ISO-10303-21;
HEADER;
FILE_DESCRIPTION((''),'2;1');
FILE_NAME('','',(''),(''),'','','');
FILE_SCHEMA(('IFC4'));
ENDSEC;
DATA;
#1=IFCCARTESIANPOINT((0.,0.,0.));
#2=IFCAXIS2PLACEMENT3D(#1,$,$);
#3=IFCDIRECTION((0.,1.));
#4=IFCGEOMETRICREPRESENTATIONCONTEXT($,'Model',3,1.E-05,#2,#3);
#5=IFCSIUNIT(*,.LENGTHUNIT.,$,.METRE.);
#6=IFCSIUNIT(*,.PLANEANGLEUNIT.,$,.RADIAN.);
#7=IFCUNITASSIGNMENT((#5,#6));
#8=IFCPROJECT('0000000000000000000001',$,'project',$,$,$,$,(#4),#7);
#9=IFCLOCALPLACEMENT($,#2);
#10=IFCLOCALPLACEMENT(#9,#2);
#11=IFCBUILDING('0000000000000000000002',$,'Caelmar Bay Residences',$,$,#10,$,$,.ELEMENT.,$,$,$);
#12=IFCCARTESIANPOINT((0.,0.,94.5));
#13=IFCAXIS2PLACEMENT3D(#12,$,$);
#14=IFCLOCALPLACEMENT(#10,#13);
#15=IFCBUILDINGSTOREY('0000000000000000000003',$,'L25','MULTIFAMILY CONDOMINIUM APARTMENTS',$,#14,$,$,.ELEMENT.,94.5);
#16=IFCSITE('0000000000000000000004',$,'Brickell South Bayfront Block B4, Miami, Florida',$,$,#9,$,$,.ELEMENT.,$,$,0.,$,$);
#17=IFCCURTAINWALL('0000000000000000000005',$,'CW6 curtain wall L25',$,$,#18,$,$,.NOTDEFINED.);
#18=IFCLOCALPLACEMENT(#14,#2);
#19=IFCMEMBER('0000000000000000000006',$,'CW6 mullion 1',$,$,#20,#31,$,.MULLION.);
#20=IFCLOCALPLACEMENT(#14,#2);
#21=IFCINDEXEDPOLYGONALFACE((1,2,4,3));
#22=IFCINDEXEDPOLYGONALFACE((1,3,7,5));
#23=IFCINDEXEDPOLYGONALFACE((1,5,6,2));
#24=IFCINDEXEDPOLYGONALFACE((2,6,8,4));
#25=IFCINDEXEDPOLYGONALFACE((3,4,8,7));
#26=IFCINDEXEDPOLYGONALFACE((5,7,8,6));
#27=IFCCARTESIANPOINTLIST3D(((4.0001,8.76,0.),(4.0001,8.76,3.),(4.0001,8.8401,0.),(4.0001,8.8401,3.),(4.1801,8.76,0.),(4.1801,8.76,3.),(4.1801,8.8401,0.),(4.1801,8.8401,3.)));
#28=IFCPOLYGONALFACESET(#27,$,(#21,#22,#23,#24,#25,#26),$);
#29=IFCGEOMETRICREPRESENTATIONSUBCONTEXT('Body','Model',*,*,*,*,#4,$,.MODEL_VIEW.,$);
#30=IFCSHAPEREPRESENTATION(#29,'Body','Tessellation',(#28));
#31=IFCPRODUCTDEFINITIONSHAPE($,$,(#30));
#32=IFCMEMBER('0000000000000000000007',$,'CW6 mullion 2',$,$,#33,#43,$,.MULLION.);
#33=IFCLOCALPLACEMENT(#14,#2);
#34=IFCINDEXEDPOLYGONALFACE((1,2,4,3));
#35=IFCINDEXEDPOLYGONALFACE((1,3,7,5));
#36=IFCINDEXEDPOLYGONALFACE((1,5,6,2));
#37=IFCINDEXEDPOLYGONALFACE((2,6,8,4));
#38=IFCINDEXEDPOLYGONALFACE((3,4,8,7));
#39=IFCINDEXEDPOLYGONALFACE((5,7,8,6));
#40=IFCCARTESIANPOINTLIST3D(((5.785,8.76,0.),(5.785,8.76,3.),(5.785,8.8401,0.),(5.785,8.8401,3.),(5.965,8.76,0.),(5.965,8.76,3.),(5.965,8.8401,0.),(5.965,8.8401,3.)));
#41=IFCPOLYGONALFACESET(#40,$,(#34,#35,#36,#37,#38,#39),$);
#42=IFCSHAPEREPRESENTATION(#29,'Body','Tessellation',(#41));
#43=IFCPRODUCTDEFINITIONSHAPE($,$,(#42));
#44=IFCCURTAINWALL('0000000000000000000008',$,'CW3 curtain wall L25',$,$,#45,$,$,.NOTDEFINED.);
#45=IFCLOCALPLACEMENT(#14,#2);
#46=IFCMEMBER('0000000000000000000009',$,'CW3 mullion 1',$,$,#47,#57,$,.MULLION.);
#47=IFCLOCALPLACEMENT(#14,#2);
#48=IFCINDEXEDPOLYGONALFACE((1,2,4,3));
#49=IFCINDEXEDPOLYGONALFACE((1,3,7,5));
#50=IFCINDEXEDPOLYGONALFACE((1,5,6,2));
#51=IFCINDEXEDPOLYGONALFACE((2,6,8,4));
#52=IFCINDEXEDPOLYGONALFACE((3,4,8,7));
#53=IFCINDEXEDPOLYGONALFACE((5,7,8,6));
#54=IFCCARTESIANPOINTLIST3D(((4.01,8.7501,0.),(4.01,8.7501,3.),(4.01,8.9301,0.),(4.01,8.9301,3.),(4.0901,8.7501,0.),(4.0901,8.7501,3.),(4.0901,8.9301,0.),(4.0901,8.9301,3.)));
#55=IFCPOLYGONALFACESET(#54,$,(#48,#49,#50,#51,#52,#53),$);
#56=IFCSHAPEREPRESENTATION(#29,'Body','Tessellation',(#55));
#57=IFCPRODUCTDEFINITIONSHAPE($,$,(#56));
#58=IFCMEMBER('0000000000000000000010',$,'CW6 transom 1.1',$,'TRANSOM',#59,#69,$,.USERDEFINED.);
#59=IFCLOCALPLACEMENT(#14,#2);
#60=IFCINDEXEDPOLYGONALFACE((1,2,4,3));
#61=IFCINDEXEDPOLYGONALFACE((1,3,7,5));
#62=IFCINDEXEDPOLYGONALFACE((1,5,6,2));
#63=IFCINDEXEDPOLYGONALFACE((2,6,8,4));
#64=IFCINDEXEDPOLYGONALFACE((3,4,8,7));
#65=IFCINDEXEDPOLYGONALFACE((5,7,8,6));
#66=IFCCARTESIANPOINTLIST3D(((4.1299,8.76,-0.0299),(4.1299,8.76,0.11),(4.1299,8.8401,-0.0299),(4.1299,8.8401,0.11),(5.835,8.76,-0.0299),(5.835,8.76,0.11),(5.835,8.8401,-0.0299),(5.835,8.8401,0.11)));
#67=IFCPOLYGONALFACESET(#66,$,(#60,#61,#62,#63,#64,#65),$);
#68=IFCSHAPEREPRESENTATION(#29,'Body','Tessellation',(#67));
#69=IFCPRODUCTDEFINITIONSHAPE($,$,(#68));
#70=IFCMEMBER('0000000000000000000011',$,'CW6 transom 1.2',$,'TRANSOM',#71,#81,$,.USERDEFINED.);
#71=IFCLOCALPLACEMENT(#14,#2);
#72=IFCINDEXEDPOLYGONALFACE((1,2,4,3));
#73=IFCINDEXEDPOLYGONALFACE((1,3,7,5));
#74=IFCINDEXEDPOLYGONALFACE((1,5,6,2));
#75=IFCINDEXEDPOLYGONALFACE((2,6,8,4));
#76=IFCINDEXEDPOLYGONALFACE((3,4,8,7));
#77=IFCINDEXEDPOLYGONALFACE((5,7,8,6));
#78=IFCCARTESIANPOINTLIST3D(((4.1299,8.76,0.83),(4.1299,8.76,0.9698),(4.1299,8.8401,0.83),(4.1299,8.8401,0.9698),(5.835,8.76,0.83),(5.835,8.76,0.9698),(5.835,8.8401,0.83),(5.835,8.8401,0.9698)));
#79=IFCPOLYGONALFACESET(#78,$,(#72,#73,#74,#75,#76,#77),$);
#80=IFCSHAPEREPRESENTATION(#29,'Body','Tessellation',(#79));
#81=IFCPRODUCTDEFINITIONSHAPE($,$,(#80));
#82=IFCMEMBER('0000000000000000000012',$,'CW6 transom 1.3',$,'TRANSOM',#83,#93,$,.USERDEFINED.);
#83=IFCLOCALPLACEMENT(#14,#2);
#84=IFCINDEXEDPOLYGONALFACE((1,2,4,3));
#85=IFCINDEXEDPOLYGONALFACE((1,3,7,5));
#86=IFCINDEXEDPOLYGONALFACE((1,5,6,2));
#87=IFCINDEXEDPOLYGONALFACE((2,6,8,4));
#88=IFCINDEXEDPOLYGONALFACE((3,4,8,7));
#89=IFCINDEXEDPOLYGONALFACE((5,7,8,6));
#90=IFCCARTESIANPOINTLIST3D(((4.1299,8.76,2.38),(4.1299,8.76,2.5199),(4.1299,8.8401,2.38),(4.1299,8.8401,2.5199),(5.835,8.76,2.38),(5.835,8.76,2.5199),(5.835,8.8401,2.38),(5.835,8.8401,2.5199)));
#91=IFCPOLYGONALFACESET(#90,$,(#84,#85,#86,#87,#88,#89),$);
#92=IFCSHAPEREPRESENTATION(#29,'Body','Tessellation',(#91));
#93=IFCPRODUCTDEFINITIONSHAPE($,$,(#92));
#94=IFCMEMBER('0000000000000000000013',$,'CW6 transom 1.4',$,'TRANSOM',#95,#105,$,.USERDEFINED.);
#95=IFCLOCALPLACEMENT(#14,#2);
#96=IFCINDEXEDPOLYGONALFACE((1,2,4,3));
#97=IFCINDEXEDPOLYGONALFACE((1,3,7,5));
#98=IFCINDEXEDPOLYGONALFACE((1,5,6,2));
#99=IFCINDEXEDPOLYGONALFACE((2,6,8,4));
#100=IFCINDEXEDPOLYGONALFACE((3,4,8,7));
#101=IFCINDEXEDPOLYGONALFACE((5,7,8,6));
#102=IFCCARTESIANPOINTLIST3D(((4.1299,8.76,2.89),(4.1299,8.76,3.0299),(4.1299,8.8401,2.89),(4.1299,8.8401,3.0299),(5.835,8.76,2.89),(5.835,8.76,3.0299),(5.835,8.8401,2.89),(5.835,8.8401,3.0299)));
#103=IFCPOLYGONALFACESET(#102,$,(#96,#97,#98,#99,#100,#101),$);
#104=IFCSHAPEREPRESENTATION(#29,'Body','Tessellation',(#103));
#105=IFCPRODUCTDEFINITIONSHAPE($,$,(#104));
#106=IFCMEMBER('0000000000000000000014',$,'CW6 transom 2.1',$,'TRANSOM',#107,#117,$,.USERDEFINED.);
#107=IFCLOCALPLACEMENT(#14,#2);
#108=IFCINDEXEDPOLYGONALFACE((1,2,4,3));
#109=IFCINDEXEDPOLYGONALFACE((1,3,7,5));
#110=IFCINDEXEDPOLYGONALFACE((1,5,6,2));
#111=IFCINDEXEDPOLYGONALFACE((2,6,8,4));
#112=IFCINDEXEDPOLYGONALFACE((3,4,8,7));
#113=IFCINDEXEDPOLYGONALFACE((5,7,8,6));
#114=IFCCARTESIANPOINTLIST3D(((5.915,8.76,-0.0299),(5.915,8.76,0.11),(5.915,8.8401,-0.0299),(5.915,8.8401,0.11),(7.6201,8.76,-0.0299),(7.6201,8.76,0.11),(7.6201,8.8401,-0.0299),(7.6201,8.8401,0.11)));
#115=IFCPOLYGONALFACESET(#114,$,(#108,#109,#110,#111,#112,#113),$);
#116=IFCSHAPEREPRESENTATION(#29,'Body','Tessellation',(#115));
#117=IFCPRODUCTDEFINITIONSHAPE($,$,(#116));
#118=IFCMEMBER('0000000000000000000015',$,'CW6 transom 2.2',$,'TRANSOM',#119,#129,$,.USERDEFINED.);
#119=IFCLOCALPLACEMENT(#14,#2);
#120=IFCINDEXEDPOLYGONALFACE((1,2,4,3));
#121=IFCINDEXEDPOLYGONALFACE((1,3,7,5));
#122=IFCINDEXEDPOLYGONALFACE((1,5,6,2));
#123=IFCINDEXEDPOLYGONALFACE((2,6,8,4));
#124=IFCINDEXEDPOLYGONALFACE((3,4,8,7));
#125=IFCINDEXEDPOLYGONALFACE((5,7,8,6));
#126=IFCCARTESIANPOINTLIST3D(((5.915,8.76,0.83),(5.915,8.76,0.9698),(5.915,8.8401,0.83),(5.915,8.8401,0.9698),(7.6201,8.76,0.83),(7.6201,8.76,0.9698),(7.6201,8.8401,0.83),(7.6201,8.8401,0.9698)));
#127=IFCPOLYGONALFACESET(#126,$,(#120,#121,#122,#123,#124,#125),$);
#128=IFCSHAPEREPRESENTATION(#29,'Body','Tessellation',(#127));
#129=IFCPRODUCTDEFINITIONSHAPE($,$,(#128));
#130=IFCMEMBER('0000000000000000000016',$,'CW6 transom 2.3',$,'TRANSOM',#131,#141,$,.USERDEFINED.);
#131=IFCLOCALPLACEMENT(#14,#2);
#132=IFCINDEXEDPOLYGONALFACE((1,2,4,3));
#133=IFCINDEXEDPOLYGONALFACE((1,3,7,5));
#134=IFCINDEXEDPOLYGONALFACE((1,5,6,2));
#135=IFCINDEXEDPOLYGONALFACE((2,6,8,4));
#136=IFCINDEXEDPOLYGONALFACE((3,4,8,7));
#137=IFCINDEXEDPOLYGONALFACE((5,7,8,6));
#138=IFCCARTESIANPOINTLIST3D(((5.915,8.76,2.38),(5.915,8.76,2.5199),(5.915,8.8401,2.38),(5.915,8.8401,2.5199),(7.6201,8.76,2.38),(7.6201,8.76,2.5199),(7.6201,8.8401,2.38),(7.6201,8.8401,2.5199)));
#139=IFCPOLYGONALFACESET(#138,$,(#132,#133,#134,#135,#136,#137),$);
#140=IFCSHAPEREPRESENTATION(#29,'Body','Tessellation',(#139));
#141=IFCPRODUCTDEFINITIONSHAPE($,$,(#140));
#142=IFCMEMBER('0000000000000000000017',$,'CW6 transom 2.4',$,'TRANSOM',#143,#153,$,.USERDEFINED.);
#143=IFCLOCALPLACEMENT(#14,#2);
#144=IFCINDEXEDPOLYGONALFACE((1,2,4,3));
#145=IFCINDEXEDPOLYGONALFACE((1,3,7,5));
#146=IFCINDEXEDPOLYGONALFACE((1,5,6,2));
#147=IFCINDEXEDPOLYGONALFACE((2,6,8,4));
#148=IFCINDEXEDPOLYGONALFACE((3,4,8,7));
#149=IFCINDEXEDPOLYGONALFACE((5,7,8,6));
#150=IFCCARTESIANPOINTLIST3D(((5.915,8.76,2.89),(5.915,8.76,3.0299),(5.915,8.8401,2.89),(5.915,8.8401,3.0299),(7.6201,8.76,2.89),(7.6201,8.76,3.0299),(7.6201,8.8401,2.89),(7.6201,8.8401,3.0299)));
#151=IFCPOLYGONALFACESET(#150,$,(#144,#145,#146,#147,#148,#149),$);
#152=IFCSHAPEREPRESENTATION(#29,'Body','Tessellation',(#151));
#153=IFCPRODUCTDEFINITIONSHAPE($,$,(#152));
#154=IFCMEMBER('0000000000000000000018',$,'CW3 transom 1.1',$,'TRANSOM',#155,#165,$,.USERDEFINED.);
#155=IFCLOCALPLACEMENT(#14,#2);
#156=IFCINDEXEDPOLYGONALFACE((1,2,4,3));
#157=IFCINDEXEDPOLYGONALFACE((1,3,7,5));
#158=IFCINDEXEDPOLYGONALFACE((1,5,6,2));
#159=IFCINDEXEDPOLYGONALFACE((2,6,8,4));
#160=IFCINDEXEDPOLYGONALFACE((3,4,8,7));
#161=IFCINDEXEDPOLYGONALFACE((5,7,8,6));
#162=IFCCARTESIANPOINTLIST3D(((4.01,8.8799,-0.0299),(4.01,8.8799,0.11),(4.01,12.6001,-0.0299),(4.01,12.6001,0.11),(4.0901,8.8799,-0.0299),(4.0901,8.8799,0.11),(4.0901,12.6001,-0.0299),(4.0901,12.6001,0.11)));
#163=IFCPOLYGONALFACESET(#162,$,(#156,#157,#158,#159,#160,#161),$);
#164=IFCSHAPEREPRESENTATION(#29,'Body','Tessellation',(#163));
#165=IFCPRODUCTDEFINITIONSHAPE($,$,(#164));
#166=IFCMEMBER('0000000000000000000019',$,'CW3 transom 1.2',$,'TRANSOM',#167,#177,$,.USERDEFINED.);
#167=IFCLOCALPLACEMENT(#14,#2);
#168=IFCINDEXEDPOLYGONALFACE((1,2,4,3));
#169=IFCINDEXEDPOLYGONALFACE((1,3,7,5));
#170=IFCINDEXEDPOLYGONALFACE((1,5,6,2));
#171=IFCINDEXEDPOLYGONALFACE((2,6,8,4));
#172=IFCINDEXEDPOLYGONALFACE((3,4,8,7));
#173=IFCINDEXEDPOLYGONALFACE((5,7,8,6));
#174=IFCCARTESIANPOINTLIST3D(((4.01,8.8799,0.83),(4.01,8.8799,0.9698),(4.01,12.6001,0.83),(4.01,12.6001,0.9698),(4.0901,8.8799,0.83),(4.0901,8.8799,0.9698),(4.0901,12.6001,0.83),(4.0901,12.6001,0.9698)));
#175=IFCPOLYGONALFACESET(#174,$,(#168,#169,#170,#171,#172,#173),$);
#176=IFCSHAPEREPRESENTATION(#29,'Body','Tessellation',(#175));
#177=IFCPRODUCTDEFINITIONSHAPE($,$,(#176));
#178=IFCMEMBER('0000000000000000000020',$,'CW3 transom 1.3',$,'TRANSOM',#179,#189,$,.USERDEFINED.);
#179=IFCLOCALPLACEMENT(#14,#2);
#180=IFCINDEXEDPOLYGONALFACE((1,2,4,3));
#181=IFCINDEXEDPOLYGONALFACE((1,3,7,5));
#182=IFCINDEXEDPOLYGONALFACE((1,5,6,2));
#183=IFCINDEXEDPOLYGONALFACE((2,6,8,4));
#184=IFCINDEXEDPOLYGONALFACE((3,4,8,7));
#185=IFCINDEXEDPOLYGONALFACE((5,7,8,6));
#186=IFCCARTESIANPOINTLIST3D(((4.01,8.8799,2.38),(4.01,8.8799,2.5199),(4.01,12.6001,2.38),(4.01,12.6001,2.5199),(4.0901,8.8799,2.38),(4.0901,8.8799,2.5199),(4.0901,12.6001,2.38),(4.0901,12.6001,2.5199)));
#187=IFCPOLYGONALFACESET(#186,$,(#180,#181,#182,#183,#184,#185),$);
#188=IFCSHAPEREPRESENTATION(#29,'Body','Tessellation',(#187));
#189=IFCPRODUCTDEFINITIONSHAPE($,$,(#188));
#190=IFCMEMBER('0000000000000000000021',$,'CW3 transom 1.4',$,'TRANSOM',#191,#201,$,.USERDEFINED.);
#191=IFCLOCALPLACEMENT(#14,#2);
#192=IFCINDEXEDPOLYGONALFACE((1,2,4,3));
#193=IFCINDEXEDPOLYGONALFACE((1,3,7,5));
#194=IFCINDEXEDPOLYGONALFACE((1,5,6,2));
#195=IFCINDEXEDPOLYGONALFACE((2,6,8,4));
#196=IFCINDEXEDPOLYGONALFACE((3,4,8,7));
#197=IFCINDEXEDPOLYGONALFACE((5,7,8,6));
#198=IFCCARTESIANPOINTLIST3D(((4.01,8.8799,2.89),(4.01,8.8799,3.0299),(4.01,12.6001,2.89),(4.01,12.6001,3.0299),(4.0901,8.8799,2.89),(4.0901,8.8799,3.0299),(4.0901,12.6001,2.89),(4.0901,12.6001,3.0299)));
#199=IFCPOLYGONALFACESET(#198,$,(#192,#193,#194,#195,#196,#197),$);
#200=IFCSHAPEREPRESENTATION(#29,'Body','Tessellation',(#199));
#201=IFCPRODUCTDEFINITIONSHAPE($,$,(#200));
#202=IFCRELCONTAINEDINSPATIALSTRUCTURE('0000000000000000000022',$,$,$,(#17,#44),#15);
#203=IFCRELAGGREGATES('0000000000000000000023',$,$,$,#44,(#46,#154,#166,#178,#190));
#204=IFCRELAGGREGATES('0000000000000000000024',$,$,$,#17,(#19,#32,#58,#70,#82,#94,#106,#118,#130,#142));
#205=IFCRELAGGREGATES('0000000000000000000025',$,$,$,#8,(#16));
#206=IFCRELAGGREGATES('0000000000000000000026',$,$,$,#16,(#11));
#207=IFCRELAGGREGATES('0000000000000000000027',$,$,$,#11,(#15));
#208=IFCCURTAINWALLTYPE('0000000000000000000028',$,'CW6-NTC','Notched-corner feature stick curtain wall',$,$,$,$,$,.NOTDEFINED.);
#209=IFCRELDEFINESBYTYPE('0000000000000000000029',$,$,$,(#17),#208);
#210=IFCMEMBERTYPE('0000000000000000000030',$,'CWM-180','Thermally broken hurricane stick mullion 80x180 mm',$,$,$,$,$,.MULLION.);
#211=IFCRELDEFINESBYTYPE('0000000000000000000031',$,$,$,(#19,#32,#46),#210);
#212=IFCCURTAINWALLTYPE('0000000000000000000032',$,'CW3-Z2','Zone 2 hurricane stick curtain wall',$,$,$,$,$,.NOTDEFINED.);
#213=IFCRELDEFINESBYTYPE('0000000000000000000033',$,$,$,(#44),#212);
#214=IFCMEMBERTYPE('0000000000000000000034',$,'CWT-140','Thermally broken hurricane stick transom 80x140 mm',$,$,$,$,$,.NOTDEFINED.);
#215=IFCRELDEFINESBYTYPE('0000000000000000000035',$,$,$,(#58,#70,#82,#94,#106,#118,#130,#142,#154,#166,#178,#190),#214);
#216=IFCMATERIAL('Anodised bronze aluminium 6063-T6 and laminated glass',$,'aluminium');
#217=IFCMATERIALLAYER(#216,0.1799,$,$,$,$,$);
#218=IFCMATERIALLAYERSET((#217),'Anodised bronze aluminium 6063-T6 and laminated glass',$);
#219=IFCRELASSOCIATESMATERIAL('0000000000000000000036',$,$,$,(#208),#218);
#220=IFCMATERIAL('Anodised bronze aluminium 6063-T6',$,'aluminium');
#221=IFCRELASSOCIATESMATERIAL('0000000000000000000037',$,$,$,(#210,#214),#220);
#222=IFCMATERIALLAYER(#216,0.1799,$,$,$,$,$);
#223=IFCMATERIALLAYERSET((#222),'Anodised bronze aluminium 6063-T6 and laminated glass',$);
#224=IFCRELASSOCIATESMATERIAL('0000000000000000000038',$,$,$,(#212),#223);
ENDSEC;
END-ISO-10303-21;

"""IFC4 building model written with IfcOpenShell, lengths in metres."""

from ifc_helpers import new_model, si_unit, direction, frame, origin, origin_2d, place, context, subcontext, project, spatial, rectangle, extrude, material, layer, layer_set, material_profile, profile_set, type_object, element, aggregate, save


model = new_model("IFC4")

# Units and contexts
model_context = context("Model", 3, precision=1e-05, world=origin(), true_north=direction((0.0, 1.0)))
body_context = subcontext(model_context, "Body", "Model", "MODEL_VIEW")
ifc_project = project(units=[si_unit("LENGTHUNIT", "METRE"), si_unit("PLANEANGLEUNIT", "RADIAN")], contexts=[model_context])

# Site, building, storey
site_placement = place(None, origin())
site = spatial("IfcSite", under=ifc_project, at=site_placement, Name="Brickell South Bayfront Block B4, Miami, Florida", CompositionType="ELEMENT", RefElevation=0.0)
building_placement = place(site_placement, origin())
building = spatial("IfcBuilding", under=site, at=building_placement, Name="Caelmar Bay Residences", CompositionType="ELEMENT")
storey_placement = place(building_placement, frame((0.0, 0.0, 94.5)))
storey = spatial("IfcBuildingStorey", under=building, at=storey_placement, Name="L25", Description="MULTIFAMILY CONDOMINIUM APARTMENTS", CompositionType="ELEMENT", Elevation=94.5)

# Curtain wall, members
ifc_material_1 = material(Name="Anodised bronze aluminium 6063-T6 and laminated glass", Category="aluminium")
ifc_layer_1 = layer(ifc_material_1, 0.1799)
ifc_layer_set_1 = layer_set([ifc_layer_1], Name="Anodised bronze aluminium 6063-T6 and laminated glass")
curtain_wall_type_1 = type_object("IfcCurtainWallType", Name="CW6-NTC", Description="Notched-corner feature stick curtain wall", PredefinedType="NOTDEFINED", material=ifc_layer_set_1)
curtain_wall_1_placement = place(storey_placement, origin())
curtain_wall_1 = element("IfcCurtainWall", 1, at=curtain_wall_1_placement, inside=storey, type_object=curtain_wall_type_1, Name="CW6 curtain wall L25", PredefinedType="NOTDEFINED")
ifc_material_2 = material(Name="Anodised bronze aluminium 6063-T6", Category="aluminium")
ifc_material_profile_1 = material_profile(ifc_material_2, rectangle(XDim=0.0801, YDim=0.1799, at=origin_2d()), Name="CWM-80X180")
ifc_profile_set_1 = profile_set([ifc_material_profile_1], Name="Anodised bronze aluminium 6063-T6")
member_type_1 = type_object("IfcMemberType", Name="CWM-180", Description="Thermally broken hurricane stick mullion 80x180 mm", PredefinedType="MULLION", material=ifc_profile_set_1)
member_1_placement = place(storey_placement, frame((4.0901, 8.8, 0.0), z_axis=(0.0, 0.0, 1.0), x_axis=(0.0, 1.0, 0.0)))
member_1 = element("IfcMember", 2, at=member_1_placement, type_object=member_type_1, Name="CW6 mullion 1", PredefinedType="MULLION", context=body_context, shape_type="SweptSolid", body=[
    extrude(rectangle(XDim=0.0801, YDim=0.1799, at=origin_2d()), origin(), (0.0, 0.0, 1.0), 3.0),
])
member_2_placement = place(storey_placement, frame((5.875, 8.8, 0.0), z_axis=(0.0, 0.0, 1.0), x_axis=(0.0, 1.0, 0.0)))
member_2 = element("IfcMember", 3, at=member_2_placement, type_object=member_type_1, Name="CW6 mullion 2", PredefinedType="MULLION", context=body_context, shape_type="SweptSolid", body=[
    extrude(rectangle(XDim=0.0801, YDim=0.1799, at=origin_2d()), origin(), (0.0, 0.0, 1.0), 3.0),
])

# Curtain wall, member
ifc_layer_2 = layer(ifc_material_1, 0.1799)
ifc_layer_set_2 = layer_set([ifc_layer_2], Name="Anodised bronze aluminium 6063-T6 and laminated glass")
curtain_wall_type_2 = type_object("IfcCurtainWallType", Name="CW3-Z2", Description="Zone 2 hurricane stick curtain wall", PredefinedType="NOTDEFINED", material=ifc_layer_set_2)
curtain_wall_2_placement = place(storey_placement, origin())
curtain_wall_2 = element("IfcCurtainWall", 4, at=curtain_wall_2_placement, inside=storey, type_object=curtain_wall_type_2, Name="CW3 curtain wall L25", PredefinedType="NOTDEFINED")
member_3_placement = place(storey_placement, frame((4.05, 8.8401, 0.0), z_axis=(0.0, 0.0, 1.0), x_axis=(-1.0, 0.0, 0.0)))
member_3 = element("IfcMember", 5, at=member_3_placement, type_object=member_type_1, Name="CW3 mullion 1", PredefinedType="MULLION", context=body_context, shape_type="SweptSolid", body=[
    extrude(rectangle(XDim=0.0801, YDim=0.1799, at=origin_2d()), origin(), (0.0, 0.0, 1.0), 3.0),
])

# Members
ifc_material_profile_2 = material_profile(ifc_material_2, rectangle(XDim=0.0801, YDim=0.1399, at=origin_2d()), Name="CWT-80X140")
ifc_profile_set_2 = profile_set([ifc_material_profile_2], Name="Anodised bronze aluminium 6063-T6")
member_type_2 = type_object("IfcMemberType", Name="CWT-140", Description="Thermally broken hurricane stick transom 80x140 mm", PredefinedType="NOTDEFINED", material=ifc_profile_set_2)
member_4_placement = place(storey_placement, frame((4.1299, 8.8, 0.04), z_axis=(1.0, 0.0, 0.0), x_axis=(0.0, 1.0, 0.0)))
member_4 = element("IfcMember", 6, at=member_4_placement, type_object=member_type_2, Name="CW6 transom 1.1", ObjectType="TRANSOM", PredefinedType="USERDEFINED", context=body_context, shape_type="SweptSolid", body=[
    extrude(rectangle(XDim=0.0801, YDim=0.1399, at=origin_2d()), origin(), (0.0, 0.0, 1.0), 1.7051),
])
member_5_placement = place(storey_placement, frame((4.1299, 8.8, 0.8999), z_axis=(1.0, 0.0, 0.0), x_axis=(0.0, 1.0, 0.0)))
member_5 = element("IfcMember", 7, at=member_5_placement, type_object=member_type_2, Name="CW6 transom 1.2", ObjectType="TRANSOM", PredefinedType="USERDEFINED", context=body_context, shape_type="SweptSolid", body=[
    extrude(rectangle(XDim=0.0801, YDim=0.1399, at=origin_2d()), origin(), (0.0, 0.0, 1.0), 1.7051),
])
member_6_placement = place(storey_placement, frame((4.1299, 8.8, 2.45), z_axis=(1.0, 0.0, 0.0), x_axis=(0.0, 1.0, 0.0)))
member_6 = element("IfcMember", 8, at=member_6_placement, type_object=member_type_2, Name="CW6 transom 1.3", ObjectType="TRANSOM", PredefinedType="USERDEFINED", context=body_context, shape_type="SweptSolid", body=[
    extrude(rectangle(XDim=0.0801, YDim=0.1399, at=origin_2d()), origin(), (0.0, 0.0, 1.0), 1.7051),
])
member_7_placement = place(storey_placement, frame((4.1299, 8.8, 2.96), z_axis=(1.0, 0.0, 0.0), x_axis=(0.0, 1.0, 0.0)))
member_7 = element("IfcMember", 9, at=member_7_placement, type_object=member_type_2, Name="CW6 transom 1.4", ObjectType="TRANSOM", PredefinedType="USERDEFINED", context=body_context, shape_type="SweptSolid", body=[
    extrude(rectangle(XDim=0.0801, YDim=0.1399, at=origin_2d()), origin(), (0.0, 0.0, 1.0), 1.7051),
])
member_8_placement = place(storey_placement, frame((5.915, 8.8, 0.04), z_axis=(1.0, 0.0, 0.0), x_axis=(0.0, 1.0, 0.0)))
member_8 = element("IfcMember", 10, at=member_8_placement, type_object=member_type_2, Name="CW6 transom 2.1", ObjectType="TRANSOM", PredefinedType="USERDEFINED", context=body_context, shape_type="SweptSolid", body=[
    extrude(rectangle(XDim=0.0801, YDim=0.1399, at=origin_2d()), origin(), (0.0, 0.0, 1.0), 1.7051),
])
member_9_placement = place(storey_placement, frame((5.915, 8.8, 0.8999), z_axis=(1.0, 0.0, 0.0), x_axis=(0.0, 1.0, 0.0)))
member_9 = element("IfcMember", 11, at=member_9_placement, type_object=member_type_2, Name="CW6 transom 2.2", ObjectType="TRANSOM", PredefinedType="USERDEFINED", context=body_context, shape_type="SweptSolid", body=[
    extrude(rectangle(XDim=0.0801, YDim=0.1399, at=origin_2d()), origin(), (0.0, 0.0, 1.0), 1.7051),
])
member_10_placement = place(storey_placement, frame((5.915, 8.8, 2.45), z_axis=(1.0, 0.0, 0.0), x_axis=(0.0, 1.0, 0.0)))
member_10 = element("IfcMember", 12, at=member_10_placement, type_object=member_type_2, Name="CW6 transom 2.3", ObjectType="TRANSOM", PredefinedType="USERDEFINED", context=body_context, shape_type="SweptSolid", body=[
    extrude(rectangle(XDim=0.0801, YDim=0.1399, at=origin_2d()), origin(), (0.0, 0.0, 1.0), 1.7051),
])
member_11_placement = place(storey_placement, frame((5.915, 8.8, 2.96), z_axis=(1.0, 0.0, 0.0), x_axis=(0.0, 1.0, 0.0)))
member_11 = element("IfcMember", 13, at=member_11_placement, type_object=member_type_2, Name="CW6 transom 2.4", ObjectType="TRANSOM", PredefinedType="USERDEFINED", context=body_context, shape_type="SweptSolid", body=[
    extrude(rectangle(XDim=0.0801, YDim=0.1399, at=origin_2d()), origin(), (0.0, 0.0, 1.0), 1.7051),
])
member_12_placement = place(storey_placement, frame((4.05, 8.8799, 0.04), z_axis=(0.0, 1.0, 0.0), x_axis=(-1.0, 0.0, 0.0)))
member_12 = element("IfcMember", 14, at=member_12_placement, type_object=member_type_2, Name="CW3 transom 1.1", ObjectType="TRANSOM", PredefinedType="USERDEFINED", context=body_context, shape_type="SweptSolid", body=[
    extrude(rectangle(XDim=0.0801, YDim=0.1399, at=origin_2d()), origin(), (0.0, 0.0, 1.0), 3.7202),
])
member_13_placement = place(storey_placement, frame((4.05, 8.8799, 0.8999), z_axis=(0.0, 1.0, 0.0), x_axis=(-1.0, 0.0, 0.0)))
member_13 = element("IfcMember", 15, at=member_13_placement, type_object=member_type_2, Name="CW3 transom 1.2", ObjectType="TRANSOM", PredefinedType="USERDEFINED", context=body_context, shape_type="SweptSolid", body=[
    extrude(rectangle(XDim=0.0801, YDim=0.1399, at=origin_2d()), origin(), (0.0, 0.0, 1.0), 3.7202),
])
member_14_placement = place(storey_placement, frame((4.05, 8.8799, 2.45), z_axis=(0.0, 1.0, 0.0), x_axis=(-1.0, 0.0, 0.0)))
member_14 = element("IfcMember", 16, at=member_14_placement, type_object=member_type_2, Name="CW3 transom 1.3", ObjectType="TRANSOM", PredefinedType="USERDEFINED", context=body_context, shape_type="SweptSolid", body=[
    extrude(rectangle(XDim=0.0801, YDim=0.1399, at=origin_2d()), origin(), (0.0, 0.0, 1.0), 3.7202),
])
member_15_placement = place(storey_placement, frame((4.05, 8.8799, 2.96), z_axis=(0.0, 1.0, 0.0), x_axis=(-1.0, 0.0, 0.0)))
member_15 = element("IfcMember", 17, at=member_15_placement, type_object=member_type_2, Name="CW3 transom 1.4", ObjectType="TRANSOM", PredefinedType="USERDEFINED", context=body_context, shape_type="SweptSolid", body=[
    extrude(rectangle(XDim=0.0801, YDim=0.1399, at=origin_2d()), origin(), (0.0, 0.0, 1.0), 3.7202),
])
aggregate(curtain_wall_2, [member_3, member_12, member_13, member_14, member_15])

aggregate(curtain_wall_1, [member_1, member_2, member_4, member_5, member_6, member_7, member_8, member_9, member_10, member_11])

save(model, "model.ifc")
